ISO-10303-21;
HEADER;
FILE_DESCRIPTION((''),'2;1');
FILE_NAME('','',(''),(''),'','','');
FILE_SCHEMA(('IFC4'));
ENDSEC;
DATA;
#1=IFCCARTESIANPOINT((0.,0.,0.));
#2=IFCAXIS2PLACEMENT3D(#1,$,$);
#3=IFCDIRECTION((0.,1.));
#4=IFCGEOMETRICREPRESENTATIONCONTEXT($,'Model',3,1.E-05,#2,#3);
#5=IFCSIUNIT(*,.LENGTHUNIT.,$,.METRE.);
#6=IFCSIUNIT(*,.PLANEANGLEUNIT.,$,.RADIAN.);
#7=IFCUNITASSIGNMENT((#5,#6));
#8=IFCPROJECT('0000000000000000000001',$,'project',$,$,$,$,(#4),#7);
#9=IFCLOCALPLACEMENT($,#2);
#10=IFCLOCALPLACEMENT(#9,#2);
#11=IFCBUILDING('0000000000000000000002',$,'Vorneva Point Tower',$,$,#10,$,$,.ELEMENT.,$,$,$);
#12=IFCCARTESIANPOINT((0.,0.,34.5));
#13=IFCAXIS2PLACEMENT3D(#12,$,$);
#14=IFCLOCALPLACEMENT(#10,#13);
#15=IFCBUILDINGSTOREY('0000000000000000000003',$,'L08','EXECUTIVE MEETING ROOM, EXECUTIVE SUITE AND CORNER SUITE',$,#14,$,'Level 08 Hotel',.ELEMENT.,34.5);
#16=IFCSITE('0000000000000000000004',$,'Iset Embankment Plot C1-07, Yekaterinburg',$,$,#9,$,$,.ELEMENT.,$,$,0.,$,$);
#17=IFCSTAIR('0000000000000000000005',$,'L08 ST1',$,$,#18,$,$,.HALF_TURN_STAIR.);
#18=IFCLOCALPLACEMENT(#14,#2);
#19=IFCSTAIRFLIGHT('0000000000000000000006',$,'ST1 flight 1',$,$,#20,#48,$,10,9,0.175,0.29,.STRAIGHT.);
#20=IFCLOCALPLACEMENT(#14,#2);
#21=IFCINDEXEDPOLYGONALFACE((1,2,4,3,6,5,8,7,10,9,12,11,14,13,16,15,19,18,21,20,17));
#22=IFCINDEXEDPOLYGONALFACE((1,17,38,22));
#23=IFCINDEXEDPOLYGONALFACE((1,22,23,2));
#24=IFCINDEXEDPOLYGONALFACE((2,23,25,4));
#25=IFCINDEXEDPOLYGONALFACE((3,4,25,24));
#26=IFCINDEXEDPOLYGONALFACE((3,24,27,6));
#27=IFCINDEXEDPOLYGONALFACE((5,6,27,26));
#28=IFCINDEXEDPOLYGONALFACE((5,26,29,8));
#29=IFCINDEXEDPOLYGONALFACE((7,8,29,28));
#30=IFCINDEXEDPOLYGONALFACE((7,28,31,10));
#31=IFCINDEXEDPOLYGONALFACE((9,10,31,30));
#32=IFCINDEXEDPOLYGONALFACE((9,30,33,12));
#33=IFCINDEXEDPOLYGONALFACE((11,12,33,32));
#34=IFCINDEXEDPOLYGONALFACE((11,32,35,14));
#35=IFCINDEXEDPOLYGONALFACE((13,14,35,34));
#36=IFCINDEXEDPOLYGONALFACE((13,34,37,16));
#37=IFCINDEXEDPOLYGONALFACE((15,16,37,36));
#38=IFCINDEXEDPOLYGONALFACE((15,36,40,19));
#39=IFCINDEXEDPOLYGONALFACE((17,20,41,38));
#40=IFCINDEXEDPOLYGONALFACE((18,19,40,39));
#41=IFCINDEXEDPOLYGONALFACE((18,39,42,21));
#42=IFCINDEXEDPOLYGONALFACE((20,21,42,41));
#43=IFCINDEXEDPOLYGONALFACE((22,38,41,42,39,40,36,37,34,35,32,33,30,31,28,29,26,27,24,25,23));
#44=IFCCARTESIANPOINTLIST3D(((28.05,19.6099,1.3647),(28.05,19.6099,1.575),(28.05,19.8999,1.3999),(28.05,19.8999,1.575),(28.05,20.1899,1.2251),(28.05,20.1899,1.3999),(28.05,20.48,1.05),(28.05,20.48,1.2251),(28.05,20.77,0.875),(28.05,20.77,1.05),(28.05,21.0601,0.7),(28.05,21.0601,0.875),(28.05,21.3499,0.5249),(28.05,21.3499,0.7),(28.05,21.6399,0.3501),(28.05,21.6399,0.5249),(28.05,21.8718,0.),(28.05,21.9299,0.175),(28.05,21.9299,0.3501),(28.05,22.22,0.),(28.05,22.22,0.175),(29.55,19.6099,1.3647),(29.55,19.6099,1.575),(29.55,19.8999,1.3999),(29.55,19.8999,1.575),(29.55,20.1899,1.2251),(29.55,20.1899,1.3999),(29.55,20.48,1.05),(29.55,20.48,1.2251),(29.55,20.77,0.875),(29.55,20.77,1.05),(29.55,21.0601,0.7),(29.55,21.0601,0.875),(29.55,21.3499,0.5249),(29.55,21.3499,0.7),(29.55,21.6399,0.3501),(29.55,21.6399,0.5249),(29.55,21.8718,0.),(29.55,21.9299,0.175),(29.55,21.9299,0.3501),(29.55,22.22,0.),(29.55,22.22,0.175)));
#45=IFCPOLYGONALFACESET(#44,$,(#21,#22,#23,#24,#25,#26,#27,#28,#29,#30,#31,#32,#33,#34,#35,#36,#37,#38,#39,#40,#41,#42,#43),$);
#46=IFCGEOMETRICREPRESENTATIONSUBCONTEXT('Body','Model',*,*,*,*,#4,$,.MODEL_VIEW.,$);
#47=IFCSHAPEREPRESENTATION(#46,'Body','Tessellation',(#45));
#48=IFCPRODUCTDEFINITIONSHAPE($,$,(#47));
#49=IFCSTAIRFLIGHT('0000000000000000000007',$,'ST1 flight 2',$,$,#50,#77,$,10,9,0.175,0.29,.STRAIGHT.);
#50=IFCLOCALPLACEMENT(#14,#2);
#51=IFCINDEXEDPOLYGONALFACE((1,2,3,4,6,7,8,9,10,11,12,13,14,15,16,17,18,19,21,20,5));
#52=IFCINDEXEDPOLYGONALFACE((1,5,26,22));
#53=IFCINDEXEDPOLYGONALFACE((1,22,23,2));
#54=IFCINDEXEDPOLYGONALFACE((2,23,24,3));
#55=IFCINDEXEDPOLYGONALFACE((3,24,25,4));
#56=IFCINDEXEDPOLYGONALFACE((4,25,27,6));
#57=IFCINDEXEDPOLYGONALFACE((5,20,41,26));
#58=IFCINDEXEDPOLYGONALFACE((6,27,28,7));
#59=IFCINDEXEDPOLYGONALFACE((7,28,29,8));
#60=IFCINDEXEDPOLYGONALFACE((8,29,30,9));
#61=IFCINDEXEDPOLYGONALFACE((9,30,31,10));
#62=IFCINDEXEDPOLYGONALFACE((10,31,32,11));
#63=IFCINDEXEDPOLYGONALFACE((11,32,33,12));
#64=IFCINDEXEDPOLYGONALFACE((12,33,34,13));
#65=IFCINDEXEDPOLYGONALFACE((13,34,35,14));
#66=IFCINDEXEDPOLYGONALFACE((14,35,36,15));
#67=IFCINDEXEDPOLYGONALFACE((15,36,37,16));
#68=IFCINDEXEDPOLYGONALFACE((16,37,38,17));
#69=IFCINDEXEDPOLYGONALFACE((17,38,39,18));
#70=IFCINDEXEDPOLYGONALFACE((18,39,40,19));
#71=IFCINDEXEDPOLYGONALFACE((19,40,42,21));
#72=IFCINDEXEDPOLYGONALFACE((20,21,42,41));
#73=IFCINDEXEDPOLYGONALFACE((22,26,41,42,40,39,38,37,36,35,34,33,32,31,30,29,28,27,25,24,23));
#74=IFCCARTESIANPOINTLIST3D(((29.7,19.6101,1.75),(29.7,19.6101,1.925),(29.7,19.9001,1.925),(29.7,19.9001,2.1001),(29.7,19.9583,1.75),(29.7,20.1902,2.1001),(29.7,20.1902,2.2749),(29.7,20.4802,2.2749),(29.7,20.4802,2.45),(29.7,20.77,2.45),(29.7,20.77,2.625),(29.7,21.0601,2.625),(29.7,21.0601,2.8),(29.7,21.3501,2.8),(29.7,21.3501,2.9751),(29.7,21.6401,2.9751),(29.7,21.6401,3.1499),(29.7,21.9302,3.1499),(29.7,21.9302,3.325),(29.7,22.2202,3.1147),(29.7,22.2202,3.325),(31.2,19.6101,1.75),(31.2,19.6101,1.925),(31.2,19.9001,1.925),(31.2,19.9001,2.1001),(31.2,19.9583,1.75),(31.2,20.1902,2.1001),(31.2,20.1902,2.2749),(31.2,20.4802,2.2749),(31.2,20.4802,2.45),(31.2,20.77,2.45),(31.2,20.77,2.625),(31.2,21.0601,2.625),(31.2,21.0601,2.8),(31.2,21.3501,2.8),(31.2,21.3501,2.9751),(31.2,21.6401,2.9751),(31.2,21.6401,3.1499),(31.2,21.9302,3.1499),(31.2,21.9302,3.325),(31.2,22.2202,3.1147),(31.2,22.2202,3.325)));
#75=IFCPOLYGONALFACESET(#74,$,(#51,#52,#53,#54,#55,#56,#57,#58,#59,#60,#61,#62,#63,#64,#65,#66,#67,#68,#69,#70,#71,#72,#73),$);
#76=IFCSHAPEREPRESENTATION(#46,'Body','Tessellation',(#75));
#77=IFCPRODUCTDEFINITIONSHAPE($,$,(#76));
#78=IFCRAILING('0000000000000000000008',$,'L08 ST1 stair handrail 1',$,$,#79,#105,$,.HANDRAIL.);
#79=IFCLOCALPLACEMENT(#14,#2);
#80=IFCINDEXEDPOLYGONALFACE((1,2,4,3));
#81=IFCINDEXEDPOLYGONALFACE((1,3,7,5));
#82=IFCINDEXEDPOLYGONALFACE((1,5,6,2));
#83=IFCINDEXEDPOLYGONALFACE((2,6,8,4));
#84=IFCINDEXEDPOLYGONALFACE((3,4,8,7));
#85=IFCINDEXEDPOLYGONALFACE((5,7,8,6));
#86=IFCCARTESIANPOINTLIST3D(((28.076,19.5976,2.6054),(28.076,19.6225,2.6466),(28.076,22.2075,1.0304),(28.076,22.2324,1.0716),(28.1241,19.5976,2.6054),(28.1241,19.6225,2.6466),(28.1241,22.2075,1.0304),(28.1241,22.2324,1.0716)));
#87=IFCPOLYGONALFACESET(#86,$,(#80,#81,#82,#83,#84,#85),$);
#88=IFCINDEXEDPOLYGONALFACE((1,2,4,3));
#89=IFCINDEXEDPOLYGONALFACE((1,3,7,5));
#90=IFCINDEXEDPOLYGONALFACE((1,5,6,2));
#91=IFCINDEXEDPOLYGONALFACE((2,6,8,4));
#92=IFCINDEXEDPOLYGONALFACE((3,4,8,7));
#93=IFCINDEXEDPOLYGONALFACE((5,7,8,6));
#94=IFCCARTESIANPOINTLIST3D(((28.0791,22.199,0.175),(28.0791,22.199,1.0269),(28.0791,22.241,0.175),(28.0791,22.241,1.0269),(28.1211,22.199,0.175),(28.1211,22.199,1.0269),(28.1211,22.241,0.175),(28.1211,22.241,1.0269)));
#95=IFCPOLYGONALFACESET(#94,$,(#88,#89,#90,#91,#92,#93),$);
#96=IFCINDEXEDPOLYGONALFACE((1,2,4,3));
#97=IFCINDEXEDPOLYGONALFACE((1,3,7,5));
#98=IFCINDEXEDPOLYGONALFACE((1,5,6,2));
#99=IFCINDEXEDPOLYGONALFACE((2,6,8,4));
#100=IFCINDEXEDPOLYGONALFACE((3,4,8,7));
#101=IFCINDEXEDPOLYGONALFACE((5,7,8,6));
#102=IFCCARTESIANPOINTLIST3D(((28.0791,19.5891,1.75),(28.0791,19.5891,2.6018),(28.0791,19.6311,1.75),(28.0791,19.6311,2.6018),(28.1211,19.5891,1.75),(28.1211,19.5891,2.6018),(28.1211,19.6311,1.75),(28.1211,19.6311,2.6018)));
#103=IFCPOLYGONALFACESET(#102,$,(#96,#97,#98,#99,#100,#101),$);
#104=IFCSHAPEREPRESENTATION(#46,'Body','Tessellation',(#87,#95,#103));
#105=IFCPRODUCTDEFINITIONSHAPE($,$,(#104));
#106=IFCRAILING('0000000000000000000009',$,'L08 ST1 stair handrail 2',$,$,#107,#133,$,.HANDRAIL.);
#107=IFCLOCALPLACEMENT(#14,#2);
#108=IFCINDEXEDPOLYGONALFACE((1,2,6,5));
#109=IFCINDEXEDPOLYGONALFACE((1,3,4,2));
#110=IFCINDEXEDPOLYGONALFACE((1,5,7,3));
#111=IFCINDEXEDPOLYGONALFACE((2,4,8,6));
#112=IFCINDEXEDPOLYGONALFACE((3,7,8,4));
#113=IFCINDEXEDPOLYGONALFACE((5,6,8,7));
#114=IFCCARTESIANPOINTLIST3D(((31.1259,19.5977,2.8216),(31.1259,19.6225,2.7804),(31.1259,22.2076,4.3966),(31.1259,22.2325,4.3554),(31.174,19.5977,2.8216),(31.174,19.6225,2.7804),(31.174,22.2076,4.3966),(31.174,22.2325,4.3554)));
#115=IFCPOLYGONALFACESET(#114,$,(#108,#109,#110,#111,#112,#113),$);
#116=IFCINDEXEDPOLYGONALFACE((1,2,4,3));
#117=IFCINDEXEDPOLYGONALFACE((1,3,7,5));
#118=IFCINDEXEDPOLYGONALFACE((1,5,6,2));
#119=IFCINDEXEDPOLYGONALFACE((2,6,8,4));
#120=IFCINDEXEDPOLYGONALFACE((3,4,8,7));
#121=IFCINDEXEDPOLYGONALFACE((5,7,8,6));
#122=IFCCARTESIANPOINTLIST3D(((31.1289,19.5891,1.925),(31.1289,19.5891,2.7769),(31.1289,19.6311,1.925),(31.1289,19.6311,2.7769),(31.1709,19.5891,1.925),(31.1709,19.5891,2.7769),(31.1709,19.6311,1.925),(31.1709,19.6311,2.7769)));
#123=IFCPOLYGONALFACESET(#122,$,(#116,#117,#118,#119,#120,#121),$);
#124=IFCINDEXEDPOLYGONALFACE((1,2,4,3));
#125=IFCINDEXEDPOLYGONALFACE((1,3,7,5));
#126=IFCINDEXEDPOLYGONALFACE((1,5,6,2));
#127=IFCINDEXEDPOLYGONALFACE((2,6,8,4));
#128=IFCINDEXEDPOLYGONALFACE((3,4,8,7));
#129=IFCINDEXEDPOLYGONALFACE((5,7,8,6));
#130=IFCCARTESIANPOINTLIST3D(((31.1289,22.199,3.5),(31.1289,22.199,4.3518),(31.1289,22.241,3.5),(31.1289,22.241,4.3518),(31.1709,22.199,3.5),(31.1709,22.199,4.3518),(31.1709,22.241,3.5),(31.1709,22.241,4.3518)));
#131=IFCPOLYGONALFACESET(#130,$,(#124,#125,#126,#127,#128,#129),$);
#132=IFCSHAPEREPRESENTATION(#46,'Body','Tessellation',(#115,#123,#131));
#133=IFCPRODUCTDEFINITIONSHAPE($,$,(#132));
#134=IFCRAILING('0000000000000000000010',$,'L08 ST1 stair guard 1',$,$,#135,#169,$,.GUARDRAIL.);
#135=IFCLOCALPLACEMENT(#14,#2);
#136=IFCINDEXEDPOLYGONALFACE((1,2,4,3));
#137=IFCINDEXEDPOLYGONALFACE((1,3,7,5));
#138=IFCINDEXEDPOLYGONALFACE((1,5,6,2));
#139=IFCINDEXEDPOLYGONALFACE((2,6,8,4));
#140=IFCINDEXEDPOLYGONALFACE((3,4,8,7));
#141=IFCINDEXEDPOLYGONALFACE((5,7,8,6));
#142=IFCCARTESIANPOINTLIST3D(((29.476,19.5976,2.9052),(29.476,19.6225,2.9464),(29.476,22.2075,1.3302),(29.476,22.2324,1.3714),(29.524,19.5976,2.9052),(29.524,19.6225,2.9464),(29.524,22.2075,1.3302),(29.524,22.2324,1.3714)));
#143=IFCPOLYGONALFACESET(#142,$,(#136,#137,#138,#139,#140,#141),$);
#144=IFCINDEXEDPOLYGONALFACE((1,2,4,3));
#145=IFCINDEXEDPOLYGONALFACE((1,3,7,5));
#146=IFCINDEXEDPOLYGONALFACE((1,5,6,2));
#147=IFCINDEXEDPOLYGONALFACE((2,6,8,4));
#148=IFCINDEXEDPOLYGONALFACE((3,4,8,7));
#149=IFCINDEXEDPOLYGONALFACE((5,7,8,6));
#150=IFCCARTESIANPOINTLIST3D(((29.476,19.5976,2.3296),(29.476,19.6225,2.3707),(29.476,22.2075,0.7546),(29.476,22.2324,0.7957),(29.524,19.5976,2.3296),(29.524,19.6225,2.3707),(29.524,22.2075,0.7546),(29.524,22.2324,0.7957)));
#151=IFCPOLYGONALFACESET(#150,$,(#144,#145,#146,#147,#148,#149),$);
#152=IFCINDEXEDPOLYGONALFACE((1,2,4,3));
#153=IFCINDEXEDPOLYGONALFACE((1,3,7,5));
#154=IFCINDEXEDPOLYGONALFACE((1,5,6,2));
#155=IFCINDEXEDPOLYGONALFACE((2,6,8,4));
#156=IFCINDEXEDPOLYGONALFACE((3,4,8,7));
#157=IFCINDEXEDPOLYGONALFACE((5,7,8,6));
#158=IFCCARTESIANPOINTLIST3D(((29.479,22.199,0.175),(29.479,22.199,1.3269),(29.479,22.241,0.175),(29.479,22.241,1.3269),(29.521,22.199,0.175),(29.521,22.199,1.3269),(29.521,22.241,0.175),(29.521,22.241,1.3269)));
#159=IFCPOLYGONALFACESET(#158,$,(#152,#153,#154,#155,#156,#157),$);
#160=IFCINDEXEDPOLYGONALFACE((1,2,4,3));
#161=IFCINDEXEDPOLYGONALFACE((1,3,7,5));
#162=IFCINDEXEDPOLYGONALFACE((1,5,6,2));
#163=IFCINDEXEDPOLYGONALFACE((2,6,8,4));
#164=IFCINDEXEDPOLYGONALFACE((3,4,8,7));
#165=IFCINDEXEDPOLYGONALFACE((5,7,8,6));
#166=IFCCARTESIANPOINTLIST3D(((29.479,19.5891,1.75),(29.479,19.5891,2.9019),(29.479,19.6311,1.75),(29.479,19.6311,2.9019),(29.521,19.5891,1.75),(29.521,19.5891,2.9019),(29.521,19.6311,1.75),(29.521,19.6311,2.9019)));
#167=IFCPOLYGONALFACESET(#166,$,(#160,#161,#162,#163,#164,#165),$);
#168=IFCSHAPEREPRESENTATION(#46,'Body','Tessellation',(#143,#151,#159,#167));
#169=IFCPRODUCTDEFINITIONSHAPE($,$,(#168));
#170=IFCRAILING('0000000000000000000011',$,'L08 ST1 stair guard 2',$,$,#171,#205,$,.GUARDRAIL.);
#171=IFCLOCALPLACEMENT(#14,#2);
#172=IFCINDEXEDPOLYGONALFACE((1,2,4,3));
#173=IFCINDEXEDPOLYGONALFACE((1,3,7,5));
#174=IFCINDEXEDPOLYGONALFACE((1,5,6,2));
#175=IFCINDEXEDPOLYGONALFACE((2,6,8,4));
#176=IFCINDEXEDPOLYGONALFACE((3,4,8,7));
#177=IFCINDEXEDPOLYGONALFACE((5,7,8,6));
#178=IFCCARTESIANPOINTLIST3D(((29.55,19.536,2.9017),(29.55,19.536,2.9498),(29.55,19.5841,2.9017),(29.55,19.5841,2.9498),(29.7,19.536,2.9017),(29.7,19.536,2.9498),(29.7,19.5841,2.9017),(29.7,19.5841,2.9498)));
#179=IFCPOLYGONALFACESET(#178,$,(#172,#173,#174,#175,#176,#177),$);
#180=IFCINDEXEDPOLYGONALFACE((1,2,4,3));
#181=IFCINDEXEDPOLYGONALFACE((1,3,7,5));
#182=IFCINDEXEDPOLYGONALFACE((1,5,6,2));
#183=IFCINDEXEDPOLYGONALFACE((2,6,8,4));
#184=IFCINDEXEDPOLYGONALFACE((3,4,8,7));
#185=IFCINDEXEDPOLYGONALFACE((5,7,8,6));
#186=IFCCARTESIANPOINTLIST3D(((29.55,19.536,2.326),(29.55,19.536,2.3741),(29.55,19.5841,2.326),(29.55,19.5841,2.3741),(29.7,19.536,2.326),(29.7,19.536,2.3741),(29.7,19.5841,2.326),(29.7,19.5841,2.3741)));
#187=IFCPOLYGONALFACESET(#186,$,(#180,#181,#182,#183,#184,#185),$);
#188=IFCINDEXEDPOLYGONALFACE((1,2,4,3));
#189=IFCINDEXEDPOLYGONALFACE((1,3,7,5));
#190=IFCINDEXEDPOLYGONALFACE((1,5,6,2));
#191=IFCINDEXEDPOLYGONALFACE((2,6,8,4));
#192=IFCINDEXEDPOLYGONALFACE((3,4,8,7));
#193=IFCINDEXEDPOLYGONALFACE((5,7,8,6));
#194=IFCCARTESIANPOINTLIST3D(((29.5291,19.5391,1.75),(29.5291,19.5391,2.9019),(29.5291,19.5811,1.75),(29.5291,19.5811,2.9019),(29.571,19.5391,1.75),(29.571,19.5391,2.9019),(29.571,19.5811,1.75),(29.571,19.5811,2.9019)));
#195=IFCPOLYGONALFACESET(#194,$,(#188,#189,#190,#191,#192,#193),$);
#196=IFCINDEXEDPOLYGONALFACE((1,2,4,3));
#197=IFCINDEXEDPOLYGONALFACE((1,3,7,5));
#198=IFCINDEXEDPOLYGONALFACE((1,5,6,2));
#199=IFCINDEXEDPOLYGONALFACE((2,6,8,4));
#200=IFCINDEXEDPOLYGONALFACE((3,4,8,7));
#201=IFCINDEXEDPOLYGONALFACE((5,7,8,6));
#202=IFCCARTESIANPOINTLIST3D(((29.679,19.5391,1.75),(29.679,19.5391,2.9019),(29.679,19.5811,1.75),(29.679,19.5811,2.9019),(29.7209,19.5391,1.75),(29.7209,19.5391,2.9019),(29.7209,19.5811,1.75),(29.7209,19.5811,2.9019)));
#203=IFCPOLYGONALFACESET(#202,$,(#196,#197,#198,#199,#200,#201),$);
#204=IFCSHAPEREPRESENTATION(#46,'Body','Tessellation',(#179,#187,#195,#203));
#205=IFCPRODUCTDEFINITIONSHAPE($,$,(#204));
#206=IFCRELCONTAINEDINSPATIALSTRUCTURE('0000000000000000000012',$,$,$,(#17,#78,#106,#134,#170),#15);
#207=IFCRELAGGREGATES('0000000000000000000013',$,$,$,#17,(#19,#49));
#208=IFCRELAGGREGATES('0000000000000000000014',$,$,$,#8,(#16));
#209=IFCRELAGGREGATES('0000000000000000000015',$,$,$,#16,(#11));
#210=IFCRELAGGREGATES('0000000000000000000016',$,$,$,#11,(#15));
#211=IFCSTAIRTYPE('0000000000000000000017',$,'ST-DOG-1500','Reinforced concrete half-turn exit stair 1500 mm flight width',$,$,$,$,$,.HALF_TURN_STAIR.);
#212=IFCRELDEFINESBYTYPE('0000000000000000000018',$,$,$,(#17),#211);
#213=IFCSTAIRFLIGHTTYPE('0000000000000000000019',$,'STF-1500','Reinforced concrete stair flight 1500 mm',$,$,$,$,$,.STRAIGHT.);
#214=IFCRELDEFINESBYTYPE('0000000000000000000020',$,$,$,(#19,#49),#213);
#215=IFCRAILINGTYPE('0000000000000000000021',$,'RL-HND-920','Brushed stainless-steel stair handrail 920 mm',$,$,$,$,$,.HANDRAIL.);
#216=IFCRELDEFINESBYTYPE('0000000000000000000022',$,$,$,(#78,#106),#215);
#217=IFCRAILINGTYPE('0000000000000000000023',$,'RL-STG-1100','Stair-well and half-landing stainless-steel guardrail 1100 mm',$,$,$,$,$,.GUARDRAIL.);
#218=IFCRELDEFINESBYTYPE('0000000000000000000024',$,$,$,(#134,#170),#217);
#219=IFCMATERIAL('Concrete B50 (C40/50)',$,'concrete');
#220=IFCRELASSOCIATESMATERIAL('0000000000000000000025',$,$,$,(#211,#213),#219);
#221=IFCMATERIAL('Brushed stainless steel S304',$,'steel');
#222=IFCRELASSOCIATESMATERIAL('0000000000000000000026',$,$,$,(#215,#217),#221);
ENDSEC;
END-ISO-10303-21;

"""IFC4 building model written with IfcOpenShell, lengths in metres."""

from ifc_helpers import new_model, si_unit, direction, frame, origin, origin_2d, place, context, subcontext, project, spatial, polyline, rectangle, outline, extrude, material, type_object, element, aggregate, save


model = new_model("IFC4")

# Units and contexts
model_context = context("Model", 3, precision=1e-05, world=origin(), true_north=direction((0.0, 1.0)))
body_context = subcontext(model_context, "Body", "Model", "MODEL_VIEW")
ifc_project = project(units=[si_unit("LENGTHUNIT", "METRE"), si_unit("PLANEANGLEUNIT", "RADIAN")], contexts=[model_context])

# Site, building, storey
site_placement = place(None, origin())
site = spatial("IfcSite", under=ifc_project, at=site_placement, Name="Iset Embankment Plot C1-07, Yekaterinburg", CompositionType="ELEMENT", RefElevation=0.0)
building_placement = place(site_placement, origin())
building = spatial("IfcBuilding", under=site, at=building_placement, Name="Vorneva Point Tower", CompositionType="ELEMENT")
storey_placement = place(building_placement, frame((0.0, 0.0, 34.5)))
storey = spatial("IfcBuildingStorey", under=building, at=storey_placement, Name="L08", Description="EXECUTIVE MEETING ROOM, EXECUTIVE SUITE AND CORNER SUITE", LongName="Level 08 Hotel", CompositionType="ELEMENT", Elevation=34.5)

# Shared definitions
ifc_material_1 = material(Name="Concrete B50 (C40/50)", Category="concrete")

# Stair, stair flights
stair_type = type_object("IfcStairType", Name="ST-DOG-1500", Description="Reinforced concrete half-turn exit stair 1500 mm flight width", PredefinedType="HALF_TURN_STAIR", material=ifc_material_1)
stair_placement = place(storey_placement, origin())
stair = element("IfcStair", 1, at=stair_placement, inside=storey, type_object=stair_type, Name="L08 ST1", PredefinedType="HALF_TURN_STAIR")
stair_flight_type = type_object("IfcStairFlightType", Name="STF-1500", Description="Reinforced concrete stair flight 1500 mm", PredefinedType="STRAIGHT", material=ifc_material_1)
stair_flight_1_placement = place(storey_placement, frame((28.8, 22.22, 0.0), z_axis=(0.0, 0.0, 1.0), x_axis=(0.0, -1.0, 0.0)))
stair_flight_1 = element("IfcStairFlight", 2, at=stair_flight_1_placement, type_object=stair_flight_type, Name="ST1 flight 1", NumberOfRisers=10, NumberOfTreads=9, PredefinedType="STRAIGHT", RiserHeight=0.175, TreadLength=0.29, context=body_context, shape_type="SweptSolid", body=[
    extrude(outline(polyline([(0.0, 0.0), (0.0, 0.175), (0.29, 0.175), (0.29, 0.3501), (0.5801, 0.3501), (0.5801, 0.5249), (0.8701, 0.5249), (0.8701, 0.7), (1.1599, 0.7), (1.1599, 0.875), (1.45, 0.875), (1.45, 1.05), (1.74, 1.05), (1.74, 1.2251), (2.03, 1.2251), (2.03, 1.3999), (2.3201, 1.3999), (2.3201, 1.575), (2.6101, 1.575), (2.6101, 1.75), (2.6101, 1.3647), (0.3481, 0.0), (0.0, 0.0)])), frame((0.0, 0.75, 0.0), z_axis=(0.0, -1.0, 0.0), x_axis=(1.0, 0.0, 0.0)), (0.0, 0.0, 1.0), 1.5),
])
stair_flight_2_placement = place(storey_placement, frame((30.45, 19.6101, 1.75), z_axis=(0.0, 0.0, 1.0), x_axis=(0.0, 1.0, 0.0)))
stair_flight_2 = element("IfcStairFlight", 3, at=stair_flight_2_placement, type_object=stair_flight_type, Name="ST1 flight 2", NumberOfRisers=10, NumberOfTreads=9, PredefinedType="STRAIGHT", RiserHeight=0.175, TreadLength=0.29, context=body_context, shape_type="SweptSolid", body=[
    extrude(outline(polyline([(0.0, 0.0), (0.0, 0.175), (0.29, 0.175), (0.29, 0.3501), (0.5801, 0.3501), (0.5801, 0.5249), (0.8701, 0.5249), (0.8701, 0.7), (1.1599, 0.7), (1.1599, 0.875), (1.45, 0.875), (1.45, 1.05), (1.74, 1.05), (1.74, 1.2251), (2.03, 1.2251), (2.03, 1.3999), (2.3201, 1.3999), (2.3201, 1.575), (2.6101, 1.575), (2.6101, 1.75), (2.6101, 1.3647), (0.3481, 0.0), (0.0, 0.0)])), frame((0.0, 0.75, 0.0), z_axis=(0.0, -1.0, 0.0), x_axis=(1.0, 0.0, 0.0)), (0.0, 0.0, 1.0), 1.5),
])
aggregate(stair, [stair_flight_1, stair_flight_2])

# Railings
ifc_material_2 = material(Name="Brushed stainless steel S304", Category="steel")
railing_type_1 = type_object("IfcRailingType", Name="RL-HND-920", Description="Brushed stainless-steel stair handrail 920 mm", PredefinedType="HANDRAIL", material=ifc_material_2)
railing_1_placement = place(storey_placement, frame((28.1001, 22.22, 0.175)))
element("IfcRailing", 4, at=railing_1_placement, inside=storey, type_object=railing_type_1, Name="L08 ST1 stair handrail 1", PredefinedType="HANDRAIL", context=body_context, shape_type="SweptSolid", body=[
    extrude(rectangle(XDim=0.0481, YDim=0.0481, at=origin_2d()), frame((0.0, 0.0, 0.876), z_axis=(0.0, -0.856183, 0.516673), x_axis=(1.0, 0.0, 0.0)), (0.0, 0.0, 1.0), 3.0483),
    extrude(rectangle(XDim=0.042, YDim=0.042, at=origin_2d()), origin(), (0.0, 0.0, 1.0), 0.8518),
    extrude(rectangle(XDim=0.042, YDim=0.042, at=origin_2d()), frame((0.0, -2.6099, 1.575)), (0.0, 0.0, 1.0), 0.8518),
])
railing_2_placement = place(storey_placement, frame((31.1499, 19.6101, 1.925)))
element("IfcRailing", 5, at=railing_2_placement, inside=storey, type_object=railing_type_1, Name="L08 ST1 stair handrail 2", PredefinedType="HANDRAIL", context=body_context, shape_type="SweptSolid", body=[
    extrude(rectangle(XDim=0.0481, YDim=0.0481, at=origin_2d()), frame((0.0, 0.0, 0.876), z_axis=(0.0, 0.856183, 0.516673), x_axis=(-1.0, 0.0, 0.0)), (0.0, 0.0, 1.0), 3.0483),
    extrude(rectangle(XDim=0.042, YDim=0.042, at=origin_2d()), origin(), (0.0, 0.0, 1.0), 0.8518),
    extrude(rectangle(XDim=0.042, YDim=0.042, at=origin_2d()), frame((0.0, 2.6099, 1.575)), (0.0, 0.0, 1.0), 0.8518),
])
railing_type_2 = type_object("IfcRailingType", Name="RL-STG-1100", Description="Stair-well and half-landing stainless-steel guardrail 1100 mm", PredefinedType="GUARDRAIL", material=ifc_material_2)
railing_3_placement = place(storey_placement, frame((29.5, 22.22, 0.175)))
element("IfcRailing", 6, at=railing_3_placement, inside=storey, type_object=railing_type_2, Name="L08 ST1 stair guard 1", PredefinedType="GUARDRAIL", context=body_context, shape_type="SweptSolid", body=[
    extrude(rectangle(XDim=0.0481, YDim=0.0481, at=origin_2d()), frame((0.0, 0.0, 1.1758), z_axis=(0.0, -0.856183, 0.516673), x_axis=(1.0, 0.0, 0.0)), (0.0, 0.0, 1.0), 3.0483),
    extrude(rectangle(XDim=0.0481, YDim=0.0481, at=origin_2d()), frame((0.0, 0.0, 0.6001), z_axis=(0.0, -0.856183, 0.516673), x_axis=(1.0, 0.0, 0.0)), (0.0, 0.0, 1.0), 3.0483),
    extrude(rectangle(XDim=0.042, YDim=0.042, at=origin_2d()), origin(), (0.0, 0.0, 1.0), 1.1519),
    extrude(rectangle(XDim=0.042, YDim=0.042, at=origin_2d()), frame((0.0, -2.6099, 1.575)), (0.0, 0.0, 1.0), 1.1519),
])
railing_4_placement = place(storey_placement, frame((29.55, 19.5601, 1.75)))
element("IfcRailing", 7, at=railing_4_placement, inside=storey, type_object=railing_type_2, Name="L08 ST1 stair guard 2", PredefinedType="GUARDRAIL", context=body_context, shape_type="SweptSolid", body=[
    extrude(rectangle(XDim=0.0481, YDim=0.0481, at=origin_2d()), frame((0.0, 0.0, 1.1758), z_axis=(1.0, 0.0, 0.0), x_axis=(0.0, 1.0, 0.0)), (0.0, 0.0, 1.0), 0.1499),
    extrude(rectangle(XDim=0.0481, YDim=0.0481, at=origin_2d()), frame((0.0, 0.0, 0.6001), z_axis=(1.0, 0.0, 0.0), x_axis=(0.0, 1.0, 0.0)), (0.0, 0.0, 1.0), 0.1499),
    extrude(rectangle(XDim=0.042, YDim=0.042, at=origin_2d()), origin(), (0.0, 0.0, 1.0), 1.1519),
    extrude(rectangle(XDim=0.042, YDim=0.042, at=origin_2d()), frame((0.1499, 0.0, 0.0)), (0.0, 0.0, 1.0), 1.1519),
])

save(model, "model.ifc")
